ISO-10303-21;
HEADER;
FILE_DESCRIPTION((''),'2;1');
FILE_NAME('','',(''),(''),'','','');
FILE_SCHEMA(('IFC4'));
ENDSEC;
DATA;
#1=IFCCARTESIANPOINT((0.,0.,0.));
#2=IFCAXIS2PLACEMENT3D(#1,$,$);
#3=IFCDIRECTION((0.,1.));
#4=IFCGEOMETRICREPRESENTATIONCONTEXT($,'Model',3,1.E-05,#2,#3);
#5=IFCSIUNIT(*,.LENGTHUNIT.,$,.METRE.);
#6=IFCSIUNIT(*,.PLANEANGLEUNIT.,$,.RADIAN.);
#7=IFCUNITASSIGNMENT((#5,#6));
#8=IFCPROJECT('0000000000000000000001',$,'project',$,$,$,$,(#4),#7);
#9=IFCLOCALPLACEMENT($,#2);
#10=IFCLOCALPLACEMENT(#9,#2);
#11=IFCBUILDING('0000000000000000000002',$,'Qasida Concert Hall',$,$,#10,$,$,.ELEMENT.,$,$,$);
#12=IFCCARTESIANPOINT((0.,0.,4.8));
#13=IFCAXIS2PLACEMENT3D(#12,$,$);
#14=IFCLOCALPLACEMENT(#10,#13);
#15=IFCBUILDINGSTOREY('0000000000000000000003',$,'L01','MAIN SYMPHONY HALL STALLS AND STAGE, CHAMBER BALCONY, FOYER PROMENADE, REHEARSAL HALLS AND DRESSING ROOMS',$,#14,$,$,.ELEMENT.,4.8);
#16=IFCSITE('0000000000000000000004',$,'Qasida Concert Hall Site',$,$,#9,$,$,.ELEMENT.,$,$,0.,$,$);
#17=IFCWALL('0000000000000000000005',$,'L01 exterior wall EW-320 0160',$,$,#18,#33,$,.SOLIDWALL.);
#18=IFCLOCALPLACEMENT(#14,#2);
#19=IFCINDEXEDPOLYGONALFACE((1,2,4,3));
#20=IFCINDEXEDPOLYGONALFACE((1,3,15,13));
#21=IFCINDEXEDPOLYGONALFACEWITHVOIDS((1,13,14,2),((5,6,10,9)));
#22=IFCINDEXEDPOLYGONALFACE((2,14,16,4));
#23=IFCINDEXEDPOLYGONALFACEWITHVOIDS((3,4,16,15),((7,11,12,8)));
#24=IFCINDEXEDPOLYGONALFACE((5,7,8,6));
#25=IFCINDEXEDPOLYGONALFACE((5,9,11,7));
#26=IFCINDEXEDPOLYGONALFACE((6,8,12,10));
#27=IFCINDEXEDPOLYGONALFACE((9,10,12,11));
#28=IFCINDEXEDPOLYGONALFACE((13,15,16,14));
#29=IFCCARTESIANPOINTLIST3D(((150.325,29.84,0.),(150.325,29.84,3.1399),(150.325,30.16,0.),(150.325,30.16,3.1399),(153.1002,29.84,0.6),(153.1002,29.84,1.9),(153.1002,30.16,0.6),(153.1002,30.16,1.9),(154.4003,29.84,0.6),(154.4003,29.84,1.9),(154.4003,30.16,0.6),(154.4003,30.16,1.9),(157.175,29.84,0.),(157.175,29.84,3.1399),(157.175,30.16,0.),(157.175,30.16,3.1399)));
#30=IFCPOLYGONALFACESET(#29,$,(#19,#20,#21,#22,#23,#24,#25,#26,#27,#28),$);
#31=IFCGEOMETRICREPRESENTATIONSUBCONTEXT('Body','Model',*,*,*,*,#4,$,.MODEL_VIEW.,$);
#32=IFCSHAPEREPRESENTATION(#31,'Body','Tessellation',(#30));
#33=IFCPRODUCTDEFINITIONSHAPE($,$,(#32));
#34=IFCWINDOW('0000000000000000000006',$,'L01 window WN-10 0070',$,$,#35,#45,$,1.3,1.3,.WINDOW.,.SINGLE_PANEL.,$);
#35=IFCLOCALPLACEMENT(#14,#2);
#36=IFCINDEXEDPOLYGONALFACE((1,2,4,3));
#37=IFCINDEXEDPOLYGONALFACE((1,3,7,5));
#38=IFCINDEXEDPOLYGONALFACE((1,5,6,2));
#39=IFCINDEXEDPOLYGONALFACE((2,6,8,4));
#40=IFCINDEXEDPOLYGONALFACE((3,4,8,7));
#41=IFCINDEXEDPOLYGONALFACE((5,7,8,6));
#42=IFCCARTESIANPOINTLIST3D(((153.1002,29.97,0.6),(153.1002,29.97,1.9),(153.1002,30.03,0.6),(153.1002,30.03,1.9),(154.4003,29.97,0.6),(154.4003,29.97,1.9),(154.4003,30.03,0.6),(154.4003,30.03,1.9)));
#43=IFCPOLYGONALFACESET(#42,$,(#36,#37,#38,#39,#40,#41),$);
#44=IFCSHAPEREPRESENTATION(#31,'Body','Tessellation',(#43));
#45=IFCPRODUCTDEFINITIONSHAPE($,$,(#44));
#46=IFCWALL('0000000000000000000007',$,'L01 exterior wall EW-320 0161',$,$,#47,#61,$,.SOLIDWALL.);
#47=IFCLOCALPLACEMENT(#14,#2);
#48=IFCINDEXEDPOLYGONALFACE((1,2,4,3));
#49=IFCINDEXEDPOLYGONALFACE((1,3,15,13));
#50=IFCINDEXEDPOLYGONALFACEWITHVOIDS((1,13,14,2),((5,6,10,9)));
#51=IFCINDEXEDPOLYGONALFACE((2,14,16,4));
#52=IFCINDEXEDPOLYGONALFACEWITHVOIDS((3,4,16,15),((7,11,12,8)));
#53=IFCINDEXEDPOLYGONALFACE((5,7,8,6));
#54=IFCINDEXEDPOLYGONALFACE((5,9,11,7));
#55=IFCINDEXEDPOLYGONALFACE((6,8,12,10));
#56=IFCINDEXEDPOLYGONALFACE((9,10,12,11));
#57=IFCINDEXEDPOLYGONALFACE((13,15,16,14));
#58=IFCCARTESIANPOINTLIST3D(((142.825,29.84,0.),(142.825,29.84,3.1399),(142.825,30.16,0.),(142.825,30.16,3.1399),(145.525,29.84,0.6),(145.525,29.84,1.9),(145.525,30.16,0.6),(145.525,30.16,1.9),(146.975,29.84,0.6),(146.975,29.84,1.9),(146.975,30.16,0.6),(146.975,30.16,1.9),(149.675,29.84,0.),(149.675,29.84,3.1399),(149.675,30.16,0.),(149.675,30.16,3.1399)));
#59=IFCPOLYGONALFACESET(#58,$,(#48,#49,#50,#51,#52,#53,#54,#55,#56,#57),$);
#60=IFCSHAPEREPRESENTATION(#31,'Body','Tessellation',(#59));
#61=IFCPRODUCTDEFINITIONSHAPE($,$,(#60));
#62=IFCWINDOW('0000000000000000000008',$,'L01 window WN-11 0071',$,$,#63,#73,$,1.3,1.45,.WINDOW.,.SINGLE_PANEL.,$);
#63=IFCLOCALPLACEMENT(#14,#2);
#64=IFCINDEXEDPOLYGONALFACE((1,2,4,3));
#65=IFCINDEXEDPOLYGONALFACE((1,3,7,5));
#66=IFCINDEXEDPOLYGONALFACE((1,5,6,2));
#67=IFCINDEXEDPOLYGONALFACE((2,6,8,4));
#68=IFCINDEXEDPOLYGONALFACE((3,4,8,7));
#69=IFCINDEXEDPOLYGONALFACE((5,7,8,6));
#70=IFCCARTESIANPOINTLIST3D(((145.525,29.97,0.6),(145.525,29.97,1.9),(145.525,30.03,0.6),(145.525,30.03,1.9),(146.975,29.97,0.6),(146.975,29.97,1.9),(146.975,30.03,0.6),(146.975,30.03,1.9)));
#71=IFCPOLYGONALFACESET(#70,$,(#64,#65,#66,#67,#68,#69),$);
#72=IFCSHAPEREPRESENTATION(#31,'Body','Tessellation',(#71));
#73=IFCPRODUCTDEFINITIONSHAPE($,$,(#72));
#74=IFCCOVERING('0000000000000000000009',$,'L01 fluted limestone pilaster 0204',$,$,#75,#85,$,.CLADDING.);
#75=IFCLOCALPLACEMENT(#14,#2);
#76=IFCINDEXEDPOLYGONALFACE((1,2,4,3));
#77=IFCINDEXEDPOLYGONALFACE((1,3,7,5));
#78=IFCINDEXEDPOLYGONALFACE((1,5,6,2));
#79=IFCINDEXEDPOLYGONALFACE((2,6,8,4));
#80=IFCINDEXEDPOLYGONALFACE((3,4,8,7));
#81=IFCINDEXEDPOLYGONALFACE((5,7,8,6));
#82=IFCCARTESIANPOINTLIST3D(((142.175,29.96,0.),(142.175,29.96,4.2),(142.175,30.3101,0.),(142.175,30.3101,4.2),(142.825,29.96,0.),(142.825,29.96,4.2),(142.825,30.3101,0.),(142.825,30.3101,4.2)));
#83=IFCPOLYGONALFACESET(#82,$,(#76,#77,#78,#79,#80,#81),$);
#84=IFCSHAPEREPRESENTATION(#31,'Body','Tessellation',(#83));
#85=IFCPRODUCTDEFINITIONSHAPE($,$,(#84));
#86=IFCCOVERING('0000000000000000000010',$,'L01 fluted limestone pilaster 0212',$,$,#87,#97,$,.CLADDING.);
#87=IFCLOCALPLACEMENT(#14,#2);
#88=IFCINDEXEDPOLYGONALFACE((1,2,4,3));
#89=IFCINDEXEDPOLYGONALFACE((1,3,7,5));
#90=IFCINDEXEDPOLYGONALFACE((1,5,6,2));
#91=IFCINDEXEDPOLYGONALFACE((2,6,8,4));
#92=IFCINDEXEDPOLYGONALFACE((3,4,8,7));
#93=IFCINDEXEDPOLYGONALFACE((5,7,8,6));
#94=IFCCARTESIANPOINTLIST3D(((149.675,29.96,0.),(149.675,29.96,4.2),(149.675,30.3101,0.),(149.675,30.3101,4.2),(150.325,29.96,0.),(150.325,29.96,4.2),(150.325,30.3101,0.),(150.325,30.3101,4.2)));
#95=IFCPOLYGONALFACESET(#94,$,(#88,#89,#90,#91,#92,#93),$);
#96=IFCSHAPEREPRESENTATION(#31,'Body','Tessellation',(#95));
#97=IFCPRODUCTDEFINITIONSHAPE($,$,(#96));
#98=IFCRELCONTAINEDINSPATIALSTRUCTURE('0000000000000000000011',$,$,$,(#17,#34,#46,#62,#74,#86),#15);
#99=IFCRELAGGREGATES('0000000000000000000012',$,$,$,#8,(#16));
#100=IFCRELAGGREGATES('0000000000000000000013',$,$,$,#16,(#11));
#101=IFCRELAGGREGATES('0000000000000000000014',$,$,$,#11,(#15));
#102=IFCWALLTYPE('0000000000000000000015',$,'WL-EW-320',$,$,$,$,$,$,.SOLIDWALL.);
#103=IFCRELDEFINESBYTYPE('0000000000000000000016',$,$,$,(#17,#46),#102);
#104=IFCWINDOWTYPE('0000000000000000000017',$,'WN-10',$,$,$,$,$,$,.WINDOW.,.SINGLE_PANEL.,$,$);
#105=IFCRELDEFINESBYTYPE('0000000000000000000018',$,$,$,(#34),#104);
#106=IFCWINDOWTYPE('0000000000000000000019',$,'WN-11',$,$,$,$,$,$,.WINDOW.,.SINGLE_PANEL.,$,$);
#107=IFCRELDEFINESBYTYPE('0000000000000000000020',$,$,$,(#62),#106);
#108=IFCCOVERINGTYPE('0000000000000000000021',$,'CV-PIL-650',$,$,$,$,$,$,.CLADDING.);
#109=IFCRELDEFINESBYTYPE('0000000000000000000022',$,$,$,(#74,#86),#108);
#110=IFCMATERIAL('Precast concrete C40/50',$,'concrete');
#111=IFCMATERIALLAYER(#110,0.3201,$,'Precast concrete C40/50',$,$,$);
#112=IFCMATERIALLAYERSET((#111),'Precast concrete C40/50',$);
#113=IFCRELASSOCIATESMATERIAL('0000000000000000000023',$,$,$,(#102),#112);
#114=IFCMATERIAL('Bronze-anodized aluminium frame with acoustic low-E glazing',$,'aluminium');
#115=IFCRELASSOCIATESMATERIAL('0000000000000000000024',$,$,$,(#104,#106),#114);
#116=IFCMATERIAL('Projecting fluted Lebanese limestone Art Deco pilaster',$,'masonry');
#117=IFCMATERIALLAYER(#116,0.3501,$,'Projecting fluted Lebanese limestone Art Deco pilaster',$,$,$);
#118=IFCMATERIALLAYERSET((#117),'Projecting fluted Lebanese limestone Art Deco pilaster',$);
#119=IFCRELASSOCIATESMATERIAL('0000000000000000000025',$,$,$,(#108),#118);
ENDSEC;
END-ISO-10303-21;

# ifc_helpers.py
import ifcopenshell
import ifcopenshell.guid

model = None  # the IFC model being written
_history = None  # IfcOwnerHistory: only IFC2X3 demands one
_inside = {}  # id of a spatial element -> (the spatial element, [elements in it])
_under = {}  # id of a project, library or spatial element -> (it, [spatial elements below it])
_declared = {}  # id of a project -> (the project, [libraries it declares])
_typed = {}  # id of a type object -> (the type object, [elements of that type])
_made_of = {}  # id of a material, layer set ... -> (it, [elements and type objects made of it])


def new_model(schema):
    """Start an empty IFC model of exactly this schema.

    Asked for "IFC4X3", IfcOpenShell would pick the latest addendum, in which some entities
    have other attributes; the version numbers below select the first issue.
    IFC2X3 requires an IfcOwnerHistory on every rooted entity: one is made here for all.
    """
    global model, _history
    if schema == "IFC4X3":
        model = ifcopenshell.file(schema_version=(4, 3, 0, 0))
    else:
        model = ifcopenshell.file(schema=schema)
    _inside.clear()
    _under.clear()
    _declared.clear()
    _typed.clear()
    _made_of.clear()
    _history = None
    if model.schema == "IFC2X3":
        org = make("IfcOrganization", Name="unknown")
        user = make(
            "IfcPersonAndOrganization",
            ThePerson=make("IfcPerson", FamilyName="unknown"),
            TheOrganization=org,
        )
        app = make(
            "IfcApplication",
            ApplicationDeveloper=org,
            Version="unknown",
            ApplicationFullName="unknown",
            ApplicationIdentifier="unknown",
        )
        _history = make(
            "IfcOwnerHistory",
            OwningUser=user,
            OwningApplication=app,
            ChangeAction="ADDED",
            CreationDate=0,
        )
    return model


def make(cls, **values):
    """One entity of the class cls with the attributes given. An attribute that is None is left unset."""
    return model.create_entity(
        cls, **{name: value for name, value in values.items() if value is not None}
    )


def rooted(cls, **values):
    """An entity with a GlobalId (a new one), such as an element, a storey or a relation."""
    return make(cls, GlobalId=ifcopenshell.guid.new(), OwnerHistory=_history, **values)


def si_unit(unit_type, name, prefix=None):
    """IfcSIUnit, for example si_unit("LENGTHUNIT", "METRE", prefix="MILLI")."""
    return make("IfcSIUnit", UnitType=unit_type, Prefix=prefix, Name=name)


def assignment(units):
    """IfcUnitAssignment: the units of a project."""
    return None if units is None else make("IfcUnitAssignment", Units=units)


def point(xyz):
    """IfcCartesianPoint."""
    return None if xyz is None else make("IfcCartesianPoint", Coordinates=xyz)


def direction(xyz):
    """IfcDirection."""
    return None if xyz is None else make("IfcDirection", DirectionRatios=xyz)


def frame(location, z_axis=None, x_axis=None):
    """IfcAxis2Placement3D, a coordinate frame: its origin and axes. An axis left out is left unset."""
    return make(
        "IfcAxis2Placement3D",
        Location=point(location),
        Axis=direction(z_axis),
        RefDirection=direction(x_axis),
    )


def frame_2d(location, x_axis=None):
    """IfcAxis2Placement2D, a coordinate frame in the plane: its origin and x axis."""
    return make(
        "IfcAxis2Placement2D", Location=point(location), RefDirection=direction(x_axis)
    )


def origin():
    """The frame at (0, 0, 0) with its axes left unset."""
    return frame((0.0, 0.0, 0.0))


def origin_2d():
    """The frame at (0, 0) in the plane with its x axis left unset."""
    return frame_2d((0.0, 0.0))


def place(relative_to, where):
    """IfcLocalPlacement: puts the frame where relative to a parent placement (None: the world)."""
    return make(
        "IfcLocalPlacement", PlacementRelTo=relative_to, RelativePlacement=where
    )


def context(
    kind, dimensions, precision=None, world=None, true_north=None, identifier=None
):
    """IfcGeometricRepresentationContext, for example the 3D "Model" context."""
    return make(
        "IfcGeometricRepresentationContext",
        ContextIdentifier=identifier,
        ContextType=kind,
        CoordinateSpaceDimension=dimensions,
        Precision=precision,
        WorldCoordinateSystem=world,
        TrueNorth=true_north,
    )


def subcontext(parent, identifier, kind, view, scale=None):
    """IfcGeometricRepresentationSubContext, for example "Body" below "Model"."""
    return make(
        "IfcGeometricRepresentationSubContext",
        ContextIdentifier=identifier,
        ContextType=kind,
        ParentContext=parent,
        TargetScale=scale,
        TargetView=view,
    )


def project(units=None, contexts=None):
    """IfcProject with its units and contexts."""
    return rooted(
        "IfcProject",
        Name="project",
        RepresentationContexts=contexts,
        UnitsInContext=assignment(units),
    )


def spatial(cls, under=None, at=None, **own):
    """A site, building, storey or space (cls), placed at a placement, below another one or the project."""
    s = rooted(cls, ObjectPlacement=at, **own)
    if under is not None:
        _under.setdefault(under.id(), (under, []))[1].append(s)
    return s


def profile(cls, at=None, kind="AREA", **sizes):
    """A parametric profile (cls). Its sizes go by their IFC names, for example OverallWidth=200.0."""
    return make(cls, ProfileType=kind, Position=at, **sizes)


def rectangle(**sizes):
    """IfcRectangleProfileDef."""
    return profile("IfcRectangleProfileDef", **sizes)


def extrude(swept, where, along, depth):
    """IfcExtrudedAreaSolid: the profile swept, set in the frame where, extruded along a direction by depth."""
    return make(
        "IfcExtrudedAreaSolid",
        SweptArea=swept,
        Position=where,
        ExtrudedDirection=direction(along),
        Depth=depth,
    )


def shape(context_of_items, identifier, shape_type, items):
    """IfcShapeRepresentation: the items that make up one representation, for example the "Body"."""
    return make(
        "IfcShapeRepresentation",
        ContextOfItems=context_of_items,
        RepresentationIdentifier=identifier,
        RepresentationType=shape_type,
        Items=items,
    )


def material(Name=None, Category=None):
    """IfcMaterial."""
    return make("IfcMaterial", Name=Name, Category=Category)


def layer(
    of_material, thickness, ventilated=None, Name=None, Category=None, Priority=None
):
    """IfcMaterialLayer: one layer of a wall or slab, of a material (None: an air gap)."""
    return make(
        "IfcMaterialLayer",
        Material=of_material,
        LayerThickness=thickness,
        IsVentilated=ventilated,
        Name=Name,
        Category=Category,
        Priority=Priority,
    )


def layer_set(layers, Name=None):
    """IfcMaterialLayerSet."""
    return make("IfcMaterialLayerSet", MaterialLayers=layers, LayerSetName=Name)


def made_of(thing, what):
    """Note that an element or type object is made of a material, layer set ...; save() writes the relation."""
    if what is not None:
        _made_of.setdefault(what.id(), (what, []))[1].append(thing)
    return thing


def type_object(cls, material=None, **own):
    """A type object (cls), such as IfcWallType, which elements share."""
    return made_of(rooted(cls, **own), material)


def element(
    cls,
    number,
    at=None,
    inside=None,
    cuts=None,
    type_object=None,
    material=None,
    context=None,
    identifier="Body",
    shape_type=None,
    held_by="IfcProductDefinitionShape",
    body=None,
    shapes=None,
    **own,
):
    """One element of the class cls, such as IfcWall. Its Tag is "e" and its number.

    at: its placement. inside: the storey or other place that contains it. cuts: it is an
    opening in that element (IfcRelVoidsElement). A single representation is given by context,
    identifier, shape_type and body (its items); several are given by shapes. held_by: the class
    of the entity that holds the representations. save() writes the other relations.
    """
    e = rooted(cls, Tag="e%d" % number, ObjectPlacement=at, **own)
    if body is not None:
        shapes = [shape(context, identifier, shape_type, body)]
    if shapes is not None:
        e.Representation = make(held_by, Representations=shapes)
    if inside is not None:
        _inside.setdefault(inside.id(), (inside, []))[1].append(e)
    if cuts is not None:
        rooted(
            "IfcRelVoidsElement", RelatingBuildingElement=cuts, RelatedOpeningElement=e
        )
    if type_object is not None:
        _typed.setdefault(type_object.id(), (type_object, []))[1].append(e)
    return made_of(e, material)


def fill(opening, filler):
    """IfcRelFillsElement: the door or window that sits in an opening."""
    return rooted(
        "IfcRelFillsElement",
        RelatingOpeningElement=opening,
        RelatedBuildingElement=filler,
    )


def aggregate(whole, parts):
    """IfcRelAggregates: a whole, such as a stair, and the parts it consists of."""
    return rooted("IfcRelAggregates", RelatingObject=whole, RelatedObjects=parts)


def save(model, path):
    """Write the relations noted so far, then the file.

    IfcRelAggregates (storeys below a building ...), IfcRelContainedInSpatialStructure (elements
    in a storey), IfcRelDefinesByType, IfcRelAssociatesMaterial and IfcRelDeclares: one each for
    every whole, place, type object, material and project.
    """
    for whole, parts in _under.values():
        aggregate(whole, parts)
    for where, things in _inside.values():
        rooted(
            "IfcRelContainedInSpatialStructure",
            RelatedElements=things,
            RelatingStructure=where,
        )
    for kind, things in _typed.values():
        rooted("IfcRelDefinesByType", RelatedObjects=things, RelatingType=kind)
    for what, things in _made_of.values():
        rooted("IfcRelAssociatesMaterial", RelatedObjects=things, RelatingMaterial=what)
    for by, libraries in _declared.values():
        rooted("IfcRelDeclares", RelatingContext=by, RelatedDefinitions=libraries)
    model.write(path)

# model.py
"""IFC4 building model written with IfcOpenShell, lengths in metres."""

from ifc_helpers import new_model, si_unit, direction, frame, frame_2d, origin, origin_2d, place, context, subcontext, project, spatial, rectangle, extrude, material, layer, layer_set, type_object, element, fill, save


model = new_model("IFC4")

# Units and contexts
model_context = context("Model", 3, precision=1e-05, world=origin(), true_north=direction((0.0, 1.0)))
body_context = subcontext(model_context, "Body", "Model", "MODEL_VIEW")
ifc_project = project(units=[si_unit("LENGTHUNIT", "METRE"), si_unit("PLANEANGLEUNIT", "RADIAN")], contexts=[model_context])

# Site, building, storey
site_placement = place(None, origin())
site = spatial("IfcSite", under=ifc_project, at=site_placement, Name="Qasida Concert Hall Site", CompositionType="ELEMENT", RefElevation=0.0)
building_placement = place(site_placement, origin())
building = spatial("IfcBuilding", under=site, at=building_placement, Name="Qasida Concert Hall", CompositionType="ELEMENT")
storey_placement = place(building_placement, frame((0.0, 0.0, 4.8)))
storey = spatial("IfcBuildingStorey", under=building, at=storey_placement, Name="L01", Description="MAIN SYMPHONY HALL STALLS AND STAGE, CHAMBER BALCONY, FOYER PROMENADE, REHEARSAL HALLS AND DRESSING ROOMS", CompositionType="ELEMENT", Elevation=4.8)

# Walls, openings, windows
ifc_material_1 = material(Name="Precast concrete C40/50", Category="concrete")
ifc_layer_1 = layer(ifc_material_1, 0.3201, Name="Precast concrete C40/50")
ifc_layer_set_1 = layer_set([ifc_layer_1], Name="Precast concrete C40/50")
wall_type = type_object("IfcWallType", Name="WL-EW-320", PredefinedType="SOLIDWALL", material=ifc_layer_set_1)
wall_1_placement = place(storey_placement, frame((157.175, 30.0, 0.0), z_axis=(0.0, 0.0, 1.0), x_axis=(-1.0, 0.0, 0.0)))
wall_1 = element("IfcWall", 1, at=wall_1_placement, inside=storey, type_object=wall_type, Name="L01 exterior wall EW-320 0160", PredefinedType="SOLIDWALL", context=body_context, shape_type="SweptSolid", body=[
    extrude(rectangle(XDim=6.8501, YDim=0.3201, at=frame_2d((3.425, 0.0))), origin(), (0.0, 0.0, 1.0), 3.1399),
])
opening_1_placement = place(wall_1_placement, frame((2.7749, 0.0, 0.6001)))
opening_1 = element("IfcOpeningElement", 2, at=opening_1_placement, cuts=wall_1, PredefinedType="OPENING", context=body_context, shape_type="SweptSolid", body=[
    extrude(rectangle(XDim=1.3, YDim=1.3, at=frame_2d((0.6499, 0.6499))), frame((0.0, 0.1699, 0.0), z_axis=(0.0, -1.0, 0.0), x_axis=(1.0, 0.0, 0.0)), (0.0, 0.0, 1.0), 0.3401),
])
ifc_material_2 = material(Name="Bronze-anodized aluminium frame with acoustic low-E glazing", Category="aluminium")
window_type_1 = type_object("IfcWindowType", Name="WN-10", PartitioningType="SINGLE_PANEL", PredefinedType="WINDOW", material=ifc_material_2)
window_1_placement = place(opening_1_placement, origin())
window_1 = element("IfcWindow", 3, at=window_1_placement, inside=storey, type_object=window_type_1, Name="L01 window WN-10 0070", OverallHeight=1.3, OverallWidth=1.3, PartitioningType="SINGLE_PANEL", PredefinedType="WINDOW", context=body_context, shape_type="SweptSolid", body=[
    extrude(rectangle(XDim=1.3, YDim=1.3, at=frame_2d((0.6499, 0.6499))), frame((0.0, 0.03, 0.0), z_axis=(0.0, -1.0, 0.0), x_axis=(1.0, 0.0, 0.0)), (0.0, 0.0, 1.0), 0.0601),
])
fill(opening_1, window_1)
wall_2_placement = place(storey_placement, frame((149.675, 30.0, 0.0), z_axis=(0.0, 0.0, 1.0), x_axis=(-1.0, 0.0, 0.0)))
wall_2 = element("IfcWall", 4, at=wall_2_placement, inside=storey, type_object=wall_type, Name="L01 exterior wall EW-320 0161", PredefinedType="SOLIDWALL", context=body_context, shape_type="SweptSolid", body=[
    extrude(rectangle(XDim=6.8501, YDim=0.3201, at=frame_2d((3.425, 0.0))), origin(), (0.0, 0.0, 1.0), 3.1399),
])
opening_2_placement = place(wall_2_placement, frame((2.7, 0.0, 0.6001)))
opening_2 = element("IfcOpeningElement", 5, at=opening_2_placement, cuts=wall_2, PredefinedType="OPENING", context=body_context, shape_type="SweptSolid", body=[
    extrude(rectangle(XDim=1.45, YDim=1.3, at=frame_2d((0.7251, 0.6499))), frame((0.0, 0.1699, 0.0), z_axis=(0.0, -1.0, 0.0), x_axis=(1.0, 0.0, 0.0)), (0.0, 0.0, 1.0), 0.3401),
])
window_type_2 = type_object("IfcWindowType", Name="WN-11", PartitioningType="SINGLE_PANEL", PredefinedType="WINDOW", material=ifc_material_2)
window_2_placement = place(opening_2_placement, origin())
window_2 = element("IfcWindow", 6, at=window_2_placement, inside=storey, type_object=window_type_2, Name="L01 window WN-11 0071", OverallHeight=1.3, OverallWidth=1.45, PartitioningType="SINGLE_PANEL", PredefinedType="WINDOW", context=body_context, shape_type="SweptSolid", body=[
    extrude(rectangle(XDim=1.45, YDim=1.3, at=frame_2d((0.7251, 0.6499))), frame((0.0, 0.03, 0.0), z_axis=(0.0, -1.0, 0.0), x_axis=(1.0, 0.0, 0.0)), (0.0, 0.0, 1.0), 0.0601),
])
fill(opening_2, window_2)

# Coverings
ifc_material_3 = material(Name="Projecting fluted Lebanese limestone Art Deco pilaster", Category="masonry")
ifc_layer_2 = layer(ifc_material_3, 0.3501, Name="Projecting fluted Lebanese limestone Art Deco pilaster")
ifc_layer_set_2 = layer_set([ifc_layer_2], Name="Projecting fluted Lebanese limestone Art Deco pilaster")
covering_type = type_object("IfcCoveringType", Name="CV-PIL-650", PredefinedType="CLADDING", material=ifc_layer_set_2)
for number, where, z_axis, x_axis, name in (
    (7, (142.5, 30.135, 0.0), (0.0, 0.0, 1.0), (1.0, 0.0, 0.0), "L01 fluted limestone pilaster 0204"),
    (8, (150.0, 30.135, 0.0), (0.0, 0.0, 1.0), (1.0, 0.0, 0.0), "L01 fluted limestone pilaster 0212"),
):
    element("IfcCovering", number, at=place(storey_placement, frame(where, z_axis=z_axis, x_axis=x_axis)), inside=storey, type_object=covering_type, Name=name, PredefinedType="CLADDING", context=body_context, shape_type="SweptSolid", body=[
        extrude(rectangle(XDim=0.6499, YDim=0.3501, at=origin_2d()), origin(), (0.0, 0.0, 1.0), 4.2),
    ])

save(model, "model.ifc")
